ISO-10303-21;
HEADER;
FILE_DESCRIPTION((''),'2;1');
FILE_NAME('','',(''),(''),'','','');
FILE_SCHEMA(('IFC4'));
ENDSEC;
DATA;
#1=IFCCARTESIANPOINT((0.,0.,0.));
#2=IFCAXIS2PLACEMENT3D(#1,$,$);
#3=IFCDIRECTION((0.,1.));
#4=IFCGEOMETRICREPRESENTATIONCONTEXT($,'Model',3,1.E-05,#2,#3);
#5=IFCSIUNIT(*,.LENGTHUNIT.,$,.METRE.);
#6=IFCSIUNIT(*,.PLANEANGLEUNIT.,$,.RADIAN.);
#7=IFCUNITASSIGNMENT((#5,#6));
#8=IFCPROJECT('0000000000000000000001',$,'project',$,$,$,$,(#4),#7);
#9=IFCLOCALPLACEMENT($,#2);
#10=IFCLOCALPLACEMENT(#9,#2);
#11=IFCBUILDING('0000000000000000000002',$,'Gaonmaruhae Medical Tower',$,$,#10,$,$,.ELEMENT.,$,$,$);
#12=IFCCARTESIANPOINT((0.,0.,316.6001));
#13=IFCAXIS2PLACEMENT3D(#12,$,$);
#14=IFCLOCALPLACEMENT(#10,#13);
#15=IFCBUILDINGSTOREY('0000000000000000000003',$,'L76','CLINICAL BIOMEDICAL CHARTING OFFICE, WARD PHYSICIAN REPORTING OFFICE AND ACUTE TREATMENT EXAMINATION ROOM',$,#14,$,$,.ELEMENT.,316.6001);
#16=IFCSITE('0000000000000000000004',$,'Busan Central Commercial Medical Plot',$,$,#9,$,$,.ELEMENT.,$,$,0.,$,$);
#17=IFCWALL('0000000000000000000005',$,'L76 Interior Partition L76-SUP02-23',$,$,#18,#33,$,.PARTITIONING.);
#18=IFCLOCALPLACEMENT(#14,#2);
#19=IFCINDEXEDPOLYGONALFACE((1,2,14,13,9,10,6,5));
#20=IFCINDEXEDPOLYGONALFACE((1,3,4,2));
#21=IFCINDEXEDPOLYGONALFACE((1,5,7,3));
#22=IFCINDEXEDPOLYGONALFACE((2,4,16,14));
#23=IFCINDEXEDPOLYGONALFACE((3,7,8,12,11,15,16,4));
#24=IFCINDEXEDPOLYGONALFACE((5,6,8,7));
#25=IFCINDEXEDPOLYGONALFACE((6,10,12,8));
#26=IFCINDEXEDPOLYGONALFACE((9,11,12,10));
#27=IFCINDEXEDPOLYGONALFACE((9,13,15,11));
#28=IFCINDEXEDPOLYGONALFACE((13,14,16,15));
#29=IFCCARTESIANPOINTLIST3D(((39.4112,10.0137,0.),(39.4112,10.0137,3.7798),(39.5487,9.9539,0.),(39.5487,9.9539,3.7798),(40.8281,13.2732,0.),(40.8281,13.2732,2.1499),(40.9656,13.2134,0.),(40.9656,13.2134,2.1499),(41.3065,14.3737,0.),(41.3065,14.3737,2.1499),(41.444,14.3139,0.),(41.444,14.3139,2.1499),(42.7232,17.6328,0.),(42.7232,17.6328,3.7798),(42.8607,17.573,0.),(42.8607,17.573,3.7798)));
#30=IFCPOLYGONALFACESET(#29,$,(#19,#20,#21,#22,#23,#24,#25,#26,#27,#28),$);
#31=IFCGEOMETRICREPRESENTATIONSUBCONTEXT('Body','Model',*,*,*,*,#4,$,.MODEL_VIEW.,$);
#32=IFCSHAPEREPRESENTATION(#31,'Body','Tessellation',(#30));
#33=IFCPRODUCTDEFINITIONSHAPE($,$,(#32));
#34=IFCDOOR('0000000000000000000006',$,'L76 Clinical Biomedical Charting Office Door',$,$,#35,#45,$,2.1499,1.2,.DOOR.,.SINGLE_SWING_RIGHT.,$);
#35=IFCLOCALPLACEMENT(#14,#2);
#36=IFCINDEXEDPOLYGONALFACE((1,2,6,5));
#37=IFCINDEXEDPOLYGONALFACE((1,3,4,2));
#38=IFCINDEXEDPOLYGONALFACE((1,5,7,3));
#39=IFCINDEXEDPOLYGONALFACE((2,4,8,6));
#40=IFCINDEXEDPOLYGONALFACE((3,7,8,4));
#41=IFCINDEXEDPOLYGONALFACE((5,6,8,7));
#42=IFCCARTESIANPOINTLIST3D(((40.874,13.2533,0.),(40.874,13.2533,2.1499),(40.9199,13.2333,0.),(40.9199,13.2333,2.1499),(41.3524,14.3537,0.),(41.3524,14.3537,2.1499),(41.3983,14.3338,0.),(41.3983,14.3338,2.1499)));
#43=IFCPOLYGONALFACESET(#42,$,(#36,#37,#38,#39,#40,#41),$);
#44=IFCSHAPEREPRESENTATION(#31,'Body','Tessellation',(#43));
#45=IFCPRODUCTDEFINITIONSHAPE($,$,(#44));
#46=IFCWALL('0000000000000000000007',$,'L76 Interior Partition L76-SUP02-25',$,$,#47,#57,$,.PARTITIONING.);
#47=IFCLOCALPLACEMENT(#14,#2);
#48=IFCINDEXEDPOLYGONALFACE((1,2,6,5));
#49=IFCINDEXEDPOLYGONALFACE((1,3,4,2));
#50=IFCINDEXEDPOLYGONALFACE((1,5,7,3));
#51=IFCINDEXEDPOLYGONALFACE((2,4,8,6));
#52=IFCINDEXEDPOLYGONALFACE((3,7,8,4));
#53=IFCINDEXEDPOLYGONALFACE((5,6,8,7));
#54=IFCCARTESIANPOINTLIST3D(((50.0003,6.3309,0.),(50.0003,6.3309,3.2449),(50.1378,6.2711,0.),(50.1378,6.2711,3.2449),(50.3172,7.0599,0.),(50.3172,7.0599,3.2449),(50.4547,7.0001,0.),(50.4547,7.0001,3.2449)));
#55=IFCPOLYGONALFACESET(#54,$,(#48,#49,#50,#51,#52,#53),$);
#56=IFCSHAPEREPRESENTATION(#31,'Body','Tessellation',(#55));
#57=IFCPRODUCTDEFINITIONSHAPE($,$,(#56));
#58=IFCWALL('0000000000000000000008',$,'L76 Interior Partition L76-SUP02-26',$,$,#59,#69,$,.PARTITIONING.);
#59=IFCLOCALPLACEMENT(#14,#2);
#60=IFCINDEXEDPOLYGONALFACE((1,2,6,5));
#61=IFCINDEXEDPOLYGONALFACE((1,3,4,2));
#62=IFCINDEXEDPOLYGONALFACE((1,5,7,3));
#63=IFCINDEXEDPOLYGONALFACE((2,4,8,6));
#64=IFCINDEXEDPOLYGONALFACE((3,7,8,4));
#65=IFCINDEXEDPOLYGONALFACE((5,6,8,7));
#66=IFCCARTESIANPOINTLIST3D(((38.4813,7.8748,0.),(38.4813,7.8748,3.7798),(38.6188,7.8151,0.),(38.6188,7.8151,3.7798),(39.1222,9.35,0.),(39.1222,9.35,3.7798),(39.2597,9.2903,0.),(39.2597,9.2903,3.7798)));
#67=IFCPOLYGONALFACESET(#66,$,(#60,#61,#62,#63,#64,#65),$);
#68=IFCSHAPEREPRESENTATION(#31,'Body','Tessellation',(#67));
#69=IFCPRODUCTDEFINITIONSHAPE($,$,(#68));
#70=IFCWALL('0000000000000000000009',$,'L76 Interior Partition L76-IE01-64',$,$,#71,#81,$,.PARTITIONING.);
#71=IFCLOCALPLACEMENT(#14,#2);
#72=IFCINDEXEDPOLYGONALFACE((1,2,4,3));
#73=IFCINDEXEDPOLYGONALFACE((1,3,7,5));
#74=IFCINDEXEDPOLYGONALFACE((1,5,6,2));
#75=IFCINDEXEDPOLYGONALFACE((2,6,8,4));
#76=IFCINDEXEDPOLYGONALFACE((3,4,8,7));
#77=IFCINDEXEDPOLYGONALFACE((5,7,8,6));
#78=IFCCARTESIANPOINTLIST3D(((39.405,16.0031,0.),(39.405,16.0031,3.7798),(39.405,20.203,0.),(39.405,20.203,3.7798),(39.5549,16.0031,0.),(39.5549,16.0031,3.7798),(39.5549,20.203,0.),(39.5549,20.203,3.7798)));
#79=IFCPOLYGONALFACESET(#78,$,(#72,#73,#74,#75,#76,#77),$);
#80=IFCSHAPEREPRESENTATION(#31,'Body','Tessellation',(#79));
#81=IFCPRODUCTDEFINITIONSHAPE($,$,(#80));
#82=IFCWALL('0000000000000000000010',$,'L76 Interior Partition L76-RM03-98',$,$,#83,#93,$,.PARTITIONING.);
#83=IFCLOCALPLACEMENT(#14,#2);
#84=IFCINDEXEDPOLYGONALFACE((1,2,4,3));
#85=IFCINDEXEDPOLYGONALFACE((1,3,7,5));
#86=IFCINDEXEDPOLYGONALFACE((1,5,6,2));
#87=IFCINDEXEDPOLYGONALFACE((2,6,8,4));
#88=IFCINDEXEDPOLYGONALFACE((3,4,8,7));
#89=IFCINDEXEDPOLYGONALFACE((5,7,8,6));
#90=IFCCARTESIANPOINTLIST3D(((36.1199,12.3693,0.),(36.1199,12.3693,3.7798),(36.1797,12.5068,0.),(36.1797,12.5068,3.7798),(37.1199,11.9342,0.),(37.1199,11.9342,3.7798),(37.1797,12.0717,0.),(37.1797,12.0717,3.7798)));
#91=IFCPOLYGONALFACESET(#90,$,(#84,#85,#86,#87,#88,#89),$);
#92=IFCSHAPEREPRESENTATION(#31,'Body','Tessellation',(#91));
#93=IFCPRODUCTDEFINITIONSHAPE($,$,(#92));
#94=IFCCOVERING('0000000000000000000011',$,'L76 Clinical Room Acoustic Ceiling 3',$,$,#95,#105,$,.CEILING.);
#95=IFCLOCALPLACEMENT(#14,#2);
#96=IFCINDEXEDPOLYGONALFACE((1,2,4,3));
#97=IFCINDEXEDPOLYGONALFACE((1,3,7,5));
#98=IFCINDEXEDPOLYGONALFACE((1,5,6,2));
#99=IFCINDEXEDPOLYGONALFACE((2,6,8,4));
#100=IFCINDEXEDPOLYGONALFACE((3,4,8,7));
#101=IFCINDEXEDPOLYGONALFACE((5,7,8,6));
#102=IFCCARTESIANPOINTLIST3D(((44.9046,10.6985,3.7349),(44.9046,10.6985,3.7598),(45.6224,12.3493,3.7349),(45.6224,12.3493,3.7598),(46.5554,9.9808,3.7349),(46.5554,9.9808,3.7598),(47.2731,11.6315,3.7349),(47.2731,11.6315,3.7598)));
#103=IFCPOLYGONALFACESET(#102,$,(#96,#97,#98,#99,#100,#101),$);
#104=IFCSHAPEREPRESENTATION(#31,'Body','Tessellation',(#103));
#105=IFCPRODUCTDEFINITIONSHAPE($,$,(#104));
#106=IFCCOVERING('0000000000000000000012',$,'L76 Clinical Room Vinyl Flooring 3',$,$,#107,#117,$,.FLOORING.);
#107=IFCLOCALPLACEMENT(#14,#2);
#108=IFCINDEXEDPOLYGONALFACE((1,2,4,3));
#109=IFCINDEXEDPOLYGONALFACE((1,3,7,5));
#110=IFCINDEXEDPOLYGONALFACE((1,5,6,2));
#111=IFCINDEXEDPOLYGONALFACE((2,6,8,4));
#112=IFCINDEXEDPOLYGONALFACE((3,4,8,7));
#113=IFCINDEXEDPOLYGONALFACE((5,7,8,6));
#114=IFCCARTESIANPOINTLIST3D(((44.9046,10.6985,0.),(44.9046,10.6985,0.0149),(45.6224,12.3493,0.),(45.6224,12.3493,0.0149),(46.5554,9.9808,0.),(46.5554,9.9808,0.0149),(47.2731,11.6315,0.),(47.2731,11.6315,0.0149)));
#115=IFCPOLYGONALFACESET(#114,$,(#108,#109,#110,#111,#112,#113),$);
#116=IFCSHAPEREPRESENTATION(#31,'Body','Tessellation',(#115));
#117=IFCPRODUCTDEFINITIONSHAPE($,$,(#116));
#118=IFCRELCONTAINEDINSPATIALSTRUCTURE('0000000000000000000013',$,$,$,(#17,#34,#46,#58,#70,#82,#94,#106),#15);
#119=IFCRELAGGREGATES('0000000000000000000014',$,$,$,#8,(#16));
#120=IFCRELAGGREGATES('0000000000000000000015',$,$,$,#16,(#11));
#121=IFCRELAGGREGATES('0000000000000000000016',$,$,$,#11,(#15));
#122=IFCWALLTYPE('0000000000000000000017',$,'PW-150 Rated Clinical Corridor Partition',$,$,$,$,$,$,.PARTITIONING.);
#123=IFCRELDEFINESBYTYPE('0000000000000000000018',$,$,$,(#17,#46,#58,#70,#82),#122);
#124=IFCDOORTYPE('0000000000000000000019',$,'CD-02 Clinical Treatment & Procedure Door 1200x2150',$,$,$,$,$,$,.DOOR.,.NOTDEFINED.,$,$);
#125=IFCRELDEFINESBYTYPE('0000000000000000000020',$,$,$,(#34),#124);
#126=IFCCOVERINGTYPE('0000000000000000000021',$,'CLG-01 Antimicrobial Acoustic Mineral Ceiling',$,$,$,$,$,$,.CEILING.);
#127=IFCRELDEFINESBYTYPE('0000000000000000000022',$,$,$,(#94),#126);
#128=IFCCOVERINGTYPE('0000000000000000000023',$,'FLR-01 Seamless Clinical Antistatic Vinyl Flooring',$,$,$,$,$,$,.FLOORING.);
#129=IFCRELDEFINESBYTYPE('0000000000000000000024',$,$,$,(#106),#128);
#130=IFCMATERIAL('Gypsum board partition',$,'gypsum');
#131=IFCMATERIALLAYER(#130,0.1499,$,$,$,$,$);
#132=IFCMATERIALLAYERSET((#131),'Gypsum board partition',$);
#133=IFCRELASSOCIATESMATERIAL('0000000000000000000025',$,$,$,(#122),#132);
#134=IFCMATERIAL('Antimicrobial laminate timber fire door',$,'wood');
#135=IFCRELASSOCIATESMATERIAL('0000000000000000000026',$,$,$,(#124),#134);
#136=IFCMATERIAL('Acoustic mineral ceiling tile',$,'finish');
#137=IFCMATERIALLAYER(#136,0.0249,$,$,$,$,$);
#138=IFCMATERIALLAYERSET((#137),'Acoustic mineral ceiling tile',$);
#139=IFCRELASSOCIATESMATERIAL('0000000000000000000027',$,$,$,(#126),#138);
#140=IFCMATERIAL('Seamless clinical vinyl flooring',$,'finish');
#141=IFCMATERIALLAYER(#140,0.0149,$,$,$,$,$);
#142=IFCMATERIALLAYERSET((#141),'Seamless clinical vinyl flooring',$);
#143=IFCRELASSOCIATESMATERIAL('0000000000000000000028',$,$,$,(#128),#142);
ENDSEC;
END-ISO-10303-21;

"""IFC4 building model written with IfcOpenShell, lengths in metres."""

from ifc_helpers import new_model, si_unit, direction, frame, frame_2d, origin, origin_2d, place, context, subcontext, project, spatial, rectangle, extrude, material, layer, layer_set, type_object, element, fill, save


model = new_model("IFC4")

# Units and contexts
model_context = context("Model", 3, precision=1e-05, world=origin(), true_north=direction((0.0, 1.0)))
body_context = subcontext(model_context, "Body", "Model", "MODEL_VIEW")
ifc_project = project(units=[si_unit("LENGTHUNIT", "METRE"), si_unit("PLANEANGLEUNIT", "RADIAN")], contexts=[model_context])

# Site, building, storey
site_placement = place(None, origin())
site = spatial("IfcSite", under=ifc_project, at=site_placement, Name="Busan Central Commercial Medical Plot", CompositionType="ELEMENT", RefElevation=0.0)
building_placement = place(site_placement, origin())
building = spatial("IfcBuilding", under=site, at=building_placement, Name="Gaonmaruhae Medical Tower", CompositionType="ELEMENT")
storey_placement = place(building_placement, frame((0.0, 0.0, 316.6001)))
storey = spatial("IfcBuildingStorey", under=building, at=storey_placement, Name="L76", Description="CLINICAL BIOMEDICAL CHARTING OFFICE, WARD PHYSICIAN REPORTING OFFICE AND ACUTE TREATMENT EXAMINATION ROOM", CompositionType="ELEMENT", Elevation=316.6001)

# Shared definitions
ifc_material_1 = material(Name="Gypsum board partition", Category="gypsum")
ifc_layer_1 = layer(ifc_material_1, 0.1499)
ifc_layer_set_1 = layer_set([ifc_layer_1], Name="Gypsum board partition")
wall_type_1 = type_object("IfcWallType", Name="PW-150 Rated Clinical Corridor Partition", PredefinedType="PARTITIONING", material=ifc_layer_set_1)

# Wall, opening, door
wall_1_placement = place(storey_placement, frame((39.48, 9.9839, 0.0), z_axis=(0.0, 0.0, 1.0), x_axis=(0.398659, 0.917099, 0.0)))
wall_1 = element("IfcWall", 1, at=wall_1_placement, inside=storey, type_object=wall_type_1, Name="L76 Interior Partition L76-SUP02-23", PredefinedType="PARTITIONING", context=body_context, shape_type="SweptSolid", body=[
    extrude(rectangle(XDim=8.3079, YDim=0.1499, at=frame_2d((4.1538, 0.0))), origin(), (0.0, 0.0, 1.0), 3.7798),
])
opening_1_placement = place(wall_1_placement, frame((3.554, 0.0, 0.0)))
opening_1 = element("IfcOpeningElement", 2, at=opening_1_placement, cuts=wall_1, PredefinedType="OPENING", context=body_context, shape_type="SweptSolid", body=[
    extrude(rectangle(XDim=1.2, YDim=2.1499, at=frame_2d((0.6001, 1.075))), frame((0.0, 0.085, 0.0), z_axis=(0.0, -1.0, 0.0), x_axis=(1.0, 0.0, 0.0)), (0.0, 0.0, 1.0), 0.1699),
])
ifc_material_2 = material(Name="Antimicrobial laminate timber fire door", Category="wood")
door_type_1 = type_object("IfcDoorType", Name="CD-02 Clinical Treatment & Procedure Door 1200x2150", OperationType="NOTDEFINED", PredefinedType="DOOR", material=ifc_material_2)
door_1_placement = place(opening_1_placement, origin())
door_1 = element("IfcDoor", 3, at=door_1_placement, inside=storey, type_object=door_type_1, Name="L76 Clinical Biomedical Charting Office Door", OperationType="SINGLE_SWING_RIGHT", OverallHeight=2.1499, OverallWidth=1.2, PredefinedType="DOOR", context=body_context, shape_type="SweptSolid", body=[
    extrude(rectangle(XDim=1.2, YDim=2.1499, at=frame_2d((0.6001, 1.075))), frame((0.0, 0.0249, 0.0), z_axis=(0.0, -1.0, 0.0), x_axis=(1.0, 0.0, 0.0)), (0.0, 0.0, 1.0), 0.05),
])
fill(opening_1, door_1)

# Walls
wall_2_placement = place(storey_placement, frame((50.386, 7.03, 0.0), z_axis=(0.0, 0.0, 1.0), x_axis=(-0.398659, -0.917099, 0.0)))
element("IfcWall", 4, at=wall_2_placement, inside=storey, type_object=wall_type_1, Name="L76 Interior Partition L76-SUP02-25", PredefinedType="PARTITIONING", context=body_context, shape_type="SweptSolid", body=[
    extrude(rectangle(XDim=0.7949, YDim=0.1499, at=frame_2d((0.3975, 0.0))), origin(), (0.0, 0.0, 1.0), 3.2449),
])
wall_3_placement = place(storey_placement, frame((38.55, 7.845, 0.0), z_axis=(0.0, 0.0, 1.0), x_axis=(0.398476, 0.917179, 0.0)))
element("IfcWall", 5, at=wall_3_placement, inside=storey, type_object=wall_type_1, Name="L76 Interior Partition L76-SUP02-26", PredefinedType="PARTITIONING", context=body_context, shape_type="SweptSolid", body=[
    extrude(rectangle(XDim=1.6084, YDim=0.1499, at=frame_2d((0.8042, 0.0))), origin(), (0.0, 0.0, 1.0), 3.7798),
])
wall_4_placement = place(storey_placement, frame((39.48, 16.0029, 0.0), z_axis=(0.0, 0.0, 1.0), x_axis=(0.0, 1.0, 0.0)))
element("IfcWall", 6, at=wall_4_placement, inside=storey, type_object=wall_type_1, Name="L76 Interior Partition L76-IE01-64", PredefinedType="PARTITIONING", context=body_context, shape_type="SweptSolid", body=[
    extrude(rectangle(XDim=4.2, YDim=0.1499, at=frame_2d((2.1001, 0.0))), origin(), (0.0, 0.0, 1.0), 3.7798),
])
wall_5_placement = place(storey_placement, frame((37.1499, 12.0029, 0.0), z_axis=(0.0, 0.0, 1.0), x_axis=(-0.916977, 0.398939, 0.0)))
element("IfcWall", 7, at=wall_5_placement, inside=storey, type_object=wall_type_1, Name="L76 Interior Partition L76-RM03-98", PredefinedType="PARTITIONING", context=body_context, shape_type="SweptSolid", body=[
    extrude(rectangle(XDim=1.0906, YDim=0.1499, at=frame_2d((0.5454, 0.0))), origin(), (0.0, 0.0, 1.0), 3.7798),
])

# Coverings
ifc_material_3 = material(Name="Acoustic mineral ceiling tile", Category="finish")
ifc_layer_2 = layer(ifc_material_3, 0.0249)
ifc_layer_set_2 = layer_set([ifc_layer_2], Name="Acoustic mineral ceiling tile")
covering_type_1 = type_object("IfcCoveringType", Name="CLG-01 Antimicrobial Acoustic Mineral Ceiling", PredefinedType="CEILING", material=ifc_layer_set_2)
covering_1_placement = place(storey_placement, frame((46.0889, 11.165, 3.7349), z_axis=(0.0, 0.0, 1.0), x_axis=(0.398749, 0.91706, 0.0)))
element("IfcCovering", 8, at=covering_1_placement, inside=storey, type_object=covering_type_1, Name="L76 Clinical Room Acoustic Ceiling 3", PredefinedType="CEILING", context=body_context, shape_type="SweptSolid", body=[
    extrude(rectangle(XDim=1.8, YDim=1.8, at=origin_2d()), origin(), (0.0, 0.0, 1.0), 0.0249),
])
ifc_material_4 = material(Name="Seamless clinical vinyl flooring", Category="finish")
ifc_layer_3 = layer(ifc_material_4, 0.0149)
ifc_layer_set_3 = layer_set([ifc_layer_3], Name="Seamless clinical vinyl flooring")
covering_type_2 = type_object("IfcCoveringType", Name="FLR-01 Seamless Clinical Antistatic Vinyl Flooring", PredefinedType="FLOORING", material=ifc_layer_set_3)
covering_2_placement = place(storey_placement, frame((46.0889, 11.165, 0.0), z_axis=(0.0, 0.0, 1.0), x_axis=(0.398749, 0.91706, 0.0)))
element("IfcCovering", 9, at=covering_2_placement, inside=storey, type_object=covering_type_2, Name="L76 Clinical Room Vinyl Flooring 3", PredefinedType="FLOORING", context=body_context, shape_type="SweptSolid", body=[
    extrude(rectangle(XDim=1.8, YDim=1.8, at=origin_2d()), origin(), (0.0, 0.0, 1.0), 0.0149),
])

save(model, "model.ifc")
